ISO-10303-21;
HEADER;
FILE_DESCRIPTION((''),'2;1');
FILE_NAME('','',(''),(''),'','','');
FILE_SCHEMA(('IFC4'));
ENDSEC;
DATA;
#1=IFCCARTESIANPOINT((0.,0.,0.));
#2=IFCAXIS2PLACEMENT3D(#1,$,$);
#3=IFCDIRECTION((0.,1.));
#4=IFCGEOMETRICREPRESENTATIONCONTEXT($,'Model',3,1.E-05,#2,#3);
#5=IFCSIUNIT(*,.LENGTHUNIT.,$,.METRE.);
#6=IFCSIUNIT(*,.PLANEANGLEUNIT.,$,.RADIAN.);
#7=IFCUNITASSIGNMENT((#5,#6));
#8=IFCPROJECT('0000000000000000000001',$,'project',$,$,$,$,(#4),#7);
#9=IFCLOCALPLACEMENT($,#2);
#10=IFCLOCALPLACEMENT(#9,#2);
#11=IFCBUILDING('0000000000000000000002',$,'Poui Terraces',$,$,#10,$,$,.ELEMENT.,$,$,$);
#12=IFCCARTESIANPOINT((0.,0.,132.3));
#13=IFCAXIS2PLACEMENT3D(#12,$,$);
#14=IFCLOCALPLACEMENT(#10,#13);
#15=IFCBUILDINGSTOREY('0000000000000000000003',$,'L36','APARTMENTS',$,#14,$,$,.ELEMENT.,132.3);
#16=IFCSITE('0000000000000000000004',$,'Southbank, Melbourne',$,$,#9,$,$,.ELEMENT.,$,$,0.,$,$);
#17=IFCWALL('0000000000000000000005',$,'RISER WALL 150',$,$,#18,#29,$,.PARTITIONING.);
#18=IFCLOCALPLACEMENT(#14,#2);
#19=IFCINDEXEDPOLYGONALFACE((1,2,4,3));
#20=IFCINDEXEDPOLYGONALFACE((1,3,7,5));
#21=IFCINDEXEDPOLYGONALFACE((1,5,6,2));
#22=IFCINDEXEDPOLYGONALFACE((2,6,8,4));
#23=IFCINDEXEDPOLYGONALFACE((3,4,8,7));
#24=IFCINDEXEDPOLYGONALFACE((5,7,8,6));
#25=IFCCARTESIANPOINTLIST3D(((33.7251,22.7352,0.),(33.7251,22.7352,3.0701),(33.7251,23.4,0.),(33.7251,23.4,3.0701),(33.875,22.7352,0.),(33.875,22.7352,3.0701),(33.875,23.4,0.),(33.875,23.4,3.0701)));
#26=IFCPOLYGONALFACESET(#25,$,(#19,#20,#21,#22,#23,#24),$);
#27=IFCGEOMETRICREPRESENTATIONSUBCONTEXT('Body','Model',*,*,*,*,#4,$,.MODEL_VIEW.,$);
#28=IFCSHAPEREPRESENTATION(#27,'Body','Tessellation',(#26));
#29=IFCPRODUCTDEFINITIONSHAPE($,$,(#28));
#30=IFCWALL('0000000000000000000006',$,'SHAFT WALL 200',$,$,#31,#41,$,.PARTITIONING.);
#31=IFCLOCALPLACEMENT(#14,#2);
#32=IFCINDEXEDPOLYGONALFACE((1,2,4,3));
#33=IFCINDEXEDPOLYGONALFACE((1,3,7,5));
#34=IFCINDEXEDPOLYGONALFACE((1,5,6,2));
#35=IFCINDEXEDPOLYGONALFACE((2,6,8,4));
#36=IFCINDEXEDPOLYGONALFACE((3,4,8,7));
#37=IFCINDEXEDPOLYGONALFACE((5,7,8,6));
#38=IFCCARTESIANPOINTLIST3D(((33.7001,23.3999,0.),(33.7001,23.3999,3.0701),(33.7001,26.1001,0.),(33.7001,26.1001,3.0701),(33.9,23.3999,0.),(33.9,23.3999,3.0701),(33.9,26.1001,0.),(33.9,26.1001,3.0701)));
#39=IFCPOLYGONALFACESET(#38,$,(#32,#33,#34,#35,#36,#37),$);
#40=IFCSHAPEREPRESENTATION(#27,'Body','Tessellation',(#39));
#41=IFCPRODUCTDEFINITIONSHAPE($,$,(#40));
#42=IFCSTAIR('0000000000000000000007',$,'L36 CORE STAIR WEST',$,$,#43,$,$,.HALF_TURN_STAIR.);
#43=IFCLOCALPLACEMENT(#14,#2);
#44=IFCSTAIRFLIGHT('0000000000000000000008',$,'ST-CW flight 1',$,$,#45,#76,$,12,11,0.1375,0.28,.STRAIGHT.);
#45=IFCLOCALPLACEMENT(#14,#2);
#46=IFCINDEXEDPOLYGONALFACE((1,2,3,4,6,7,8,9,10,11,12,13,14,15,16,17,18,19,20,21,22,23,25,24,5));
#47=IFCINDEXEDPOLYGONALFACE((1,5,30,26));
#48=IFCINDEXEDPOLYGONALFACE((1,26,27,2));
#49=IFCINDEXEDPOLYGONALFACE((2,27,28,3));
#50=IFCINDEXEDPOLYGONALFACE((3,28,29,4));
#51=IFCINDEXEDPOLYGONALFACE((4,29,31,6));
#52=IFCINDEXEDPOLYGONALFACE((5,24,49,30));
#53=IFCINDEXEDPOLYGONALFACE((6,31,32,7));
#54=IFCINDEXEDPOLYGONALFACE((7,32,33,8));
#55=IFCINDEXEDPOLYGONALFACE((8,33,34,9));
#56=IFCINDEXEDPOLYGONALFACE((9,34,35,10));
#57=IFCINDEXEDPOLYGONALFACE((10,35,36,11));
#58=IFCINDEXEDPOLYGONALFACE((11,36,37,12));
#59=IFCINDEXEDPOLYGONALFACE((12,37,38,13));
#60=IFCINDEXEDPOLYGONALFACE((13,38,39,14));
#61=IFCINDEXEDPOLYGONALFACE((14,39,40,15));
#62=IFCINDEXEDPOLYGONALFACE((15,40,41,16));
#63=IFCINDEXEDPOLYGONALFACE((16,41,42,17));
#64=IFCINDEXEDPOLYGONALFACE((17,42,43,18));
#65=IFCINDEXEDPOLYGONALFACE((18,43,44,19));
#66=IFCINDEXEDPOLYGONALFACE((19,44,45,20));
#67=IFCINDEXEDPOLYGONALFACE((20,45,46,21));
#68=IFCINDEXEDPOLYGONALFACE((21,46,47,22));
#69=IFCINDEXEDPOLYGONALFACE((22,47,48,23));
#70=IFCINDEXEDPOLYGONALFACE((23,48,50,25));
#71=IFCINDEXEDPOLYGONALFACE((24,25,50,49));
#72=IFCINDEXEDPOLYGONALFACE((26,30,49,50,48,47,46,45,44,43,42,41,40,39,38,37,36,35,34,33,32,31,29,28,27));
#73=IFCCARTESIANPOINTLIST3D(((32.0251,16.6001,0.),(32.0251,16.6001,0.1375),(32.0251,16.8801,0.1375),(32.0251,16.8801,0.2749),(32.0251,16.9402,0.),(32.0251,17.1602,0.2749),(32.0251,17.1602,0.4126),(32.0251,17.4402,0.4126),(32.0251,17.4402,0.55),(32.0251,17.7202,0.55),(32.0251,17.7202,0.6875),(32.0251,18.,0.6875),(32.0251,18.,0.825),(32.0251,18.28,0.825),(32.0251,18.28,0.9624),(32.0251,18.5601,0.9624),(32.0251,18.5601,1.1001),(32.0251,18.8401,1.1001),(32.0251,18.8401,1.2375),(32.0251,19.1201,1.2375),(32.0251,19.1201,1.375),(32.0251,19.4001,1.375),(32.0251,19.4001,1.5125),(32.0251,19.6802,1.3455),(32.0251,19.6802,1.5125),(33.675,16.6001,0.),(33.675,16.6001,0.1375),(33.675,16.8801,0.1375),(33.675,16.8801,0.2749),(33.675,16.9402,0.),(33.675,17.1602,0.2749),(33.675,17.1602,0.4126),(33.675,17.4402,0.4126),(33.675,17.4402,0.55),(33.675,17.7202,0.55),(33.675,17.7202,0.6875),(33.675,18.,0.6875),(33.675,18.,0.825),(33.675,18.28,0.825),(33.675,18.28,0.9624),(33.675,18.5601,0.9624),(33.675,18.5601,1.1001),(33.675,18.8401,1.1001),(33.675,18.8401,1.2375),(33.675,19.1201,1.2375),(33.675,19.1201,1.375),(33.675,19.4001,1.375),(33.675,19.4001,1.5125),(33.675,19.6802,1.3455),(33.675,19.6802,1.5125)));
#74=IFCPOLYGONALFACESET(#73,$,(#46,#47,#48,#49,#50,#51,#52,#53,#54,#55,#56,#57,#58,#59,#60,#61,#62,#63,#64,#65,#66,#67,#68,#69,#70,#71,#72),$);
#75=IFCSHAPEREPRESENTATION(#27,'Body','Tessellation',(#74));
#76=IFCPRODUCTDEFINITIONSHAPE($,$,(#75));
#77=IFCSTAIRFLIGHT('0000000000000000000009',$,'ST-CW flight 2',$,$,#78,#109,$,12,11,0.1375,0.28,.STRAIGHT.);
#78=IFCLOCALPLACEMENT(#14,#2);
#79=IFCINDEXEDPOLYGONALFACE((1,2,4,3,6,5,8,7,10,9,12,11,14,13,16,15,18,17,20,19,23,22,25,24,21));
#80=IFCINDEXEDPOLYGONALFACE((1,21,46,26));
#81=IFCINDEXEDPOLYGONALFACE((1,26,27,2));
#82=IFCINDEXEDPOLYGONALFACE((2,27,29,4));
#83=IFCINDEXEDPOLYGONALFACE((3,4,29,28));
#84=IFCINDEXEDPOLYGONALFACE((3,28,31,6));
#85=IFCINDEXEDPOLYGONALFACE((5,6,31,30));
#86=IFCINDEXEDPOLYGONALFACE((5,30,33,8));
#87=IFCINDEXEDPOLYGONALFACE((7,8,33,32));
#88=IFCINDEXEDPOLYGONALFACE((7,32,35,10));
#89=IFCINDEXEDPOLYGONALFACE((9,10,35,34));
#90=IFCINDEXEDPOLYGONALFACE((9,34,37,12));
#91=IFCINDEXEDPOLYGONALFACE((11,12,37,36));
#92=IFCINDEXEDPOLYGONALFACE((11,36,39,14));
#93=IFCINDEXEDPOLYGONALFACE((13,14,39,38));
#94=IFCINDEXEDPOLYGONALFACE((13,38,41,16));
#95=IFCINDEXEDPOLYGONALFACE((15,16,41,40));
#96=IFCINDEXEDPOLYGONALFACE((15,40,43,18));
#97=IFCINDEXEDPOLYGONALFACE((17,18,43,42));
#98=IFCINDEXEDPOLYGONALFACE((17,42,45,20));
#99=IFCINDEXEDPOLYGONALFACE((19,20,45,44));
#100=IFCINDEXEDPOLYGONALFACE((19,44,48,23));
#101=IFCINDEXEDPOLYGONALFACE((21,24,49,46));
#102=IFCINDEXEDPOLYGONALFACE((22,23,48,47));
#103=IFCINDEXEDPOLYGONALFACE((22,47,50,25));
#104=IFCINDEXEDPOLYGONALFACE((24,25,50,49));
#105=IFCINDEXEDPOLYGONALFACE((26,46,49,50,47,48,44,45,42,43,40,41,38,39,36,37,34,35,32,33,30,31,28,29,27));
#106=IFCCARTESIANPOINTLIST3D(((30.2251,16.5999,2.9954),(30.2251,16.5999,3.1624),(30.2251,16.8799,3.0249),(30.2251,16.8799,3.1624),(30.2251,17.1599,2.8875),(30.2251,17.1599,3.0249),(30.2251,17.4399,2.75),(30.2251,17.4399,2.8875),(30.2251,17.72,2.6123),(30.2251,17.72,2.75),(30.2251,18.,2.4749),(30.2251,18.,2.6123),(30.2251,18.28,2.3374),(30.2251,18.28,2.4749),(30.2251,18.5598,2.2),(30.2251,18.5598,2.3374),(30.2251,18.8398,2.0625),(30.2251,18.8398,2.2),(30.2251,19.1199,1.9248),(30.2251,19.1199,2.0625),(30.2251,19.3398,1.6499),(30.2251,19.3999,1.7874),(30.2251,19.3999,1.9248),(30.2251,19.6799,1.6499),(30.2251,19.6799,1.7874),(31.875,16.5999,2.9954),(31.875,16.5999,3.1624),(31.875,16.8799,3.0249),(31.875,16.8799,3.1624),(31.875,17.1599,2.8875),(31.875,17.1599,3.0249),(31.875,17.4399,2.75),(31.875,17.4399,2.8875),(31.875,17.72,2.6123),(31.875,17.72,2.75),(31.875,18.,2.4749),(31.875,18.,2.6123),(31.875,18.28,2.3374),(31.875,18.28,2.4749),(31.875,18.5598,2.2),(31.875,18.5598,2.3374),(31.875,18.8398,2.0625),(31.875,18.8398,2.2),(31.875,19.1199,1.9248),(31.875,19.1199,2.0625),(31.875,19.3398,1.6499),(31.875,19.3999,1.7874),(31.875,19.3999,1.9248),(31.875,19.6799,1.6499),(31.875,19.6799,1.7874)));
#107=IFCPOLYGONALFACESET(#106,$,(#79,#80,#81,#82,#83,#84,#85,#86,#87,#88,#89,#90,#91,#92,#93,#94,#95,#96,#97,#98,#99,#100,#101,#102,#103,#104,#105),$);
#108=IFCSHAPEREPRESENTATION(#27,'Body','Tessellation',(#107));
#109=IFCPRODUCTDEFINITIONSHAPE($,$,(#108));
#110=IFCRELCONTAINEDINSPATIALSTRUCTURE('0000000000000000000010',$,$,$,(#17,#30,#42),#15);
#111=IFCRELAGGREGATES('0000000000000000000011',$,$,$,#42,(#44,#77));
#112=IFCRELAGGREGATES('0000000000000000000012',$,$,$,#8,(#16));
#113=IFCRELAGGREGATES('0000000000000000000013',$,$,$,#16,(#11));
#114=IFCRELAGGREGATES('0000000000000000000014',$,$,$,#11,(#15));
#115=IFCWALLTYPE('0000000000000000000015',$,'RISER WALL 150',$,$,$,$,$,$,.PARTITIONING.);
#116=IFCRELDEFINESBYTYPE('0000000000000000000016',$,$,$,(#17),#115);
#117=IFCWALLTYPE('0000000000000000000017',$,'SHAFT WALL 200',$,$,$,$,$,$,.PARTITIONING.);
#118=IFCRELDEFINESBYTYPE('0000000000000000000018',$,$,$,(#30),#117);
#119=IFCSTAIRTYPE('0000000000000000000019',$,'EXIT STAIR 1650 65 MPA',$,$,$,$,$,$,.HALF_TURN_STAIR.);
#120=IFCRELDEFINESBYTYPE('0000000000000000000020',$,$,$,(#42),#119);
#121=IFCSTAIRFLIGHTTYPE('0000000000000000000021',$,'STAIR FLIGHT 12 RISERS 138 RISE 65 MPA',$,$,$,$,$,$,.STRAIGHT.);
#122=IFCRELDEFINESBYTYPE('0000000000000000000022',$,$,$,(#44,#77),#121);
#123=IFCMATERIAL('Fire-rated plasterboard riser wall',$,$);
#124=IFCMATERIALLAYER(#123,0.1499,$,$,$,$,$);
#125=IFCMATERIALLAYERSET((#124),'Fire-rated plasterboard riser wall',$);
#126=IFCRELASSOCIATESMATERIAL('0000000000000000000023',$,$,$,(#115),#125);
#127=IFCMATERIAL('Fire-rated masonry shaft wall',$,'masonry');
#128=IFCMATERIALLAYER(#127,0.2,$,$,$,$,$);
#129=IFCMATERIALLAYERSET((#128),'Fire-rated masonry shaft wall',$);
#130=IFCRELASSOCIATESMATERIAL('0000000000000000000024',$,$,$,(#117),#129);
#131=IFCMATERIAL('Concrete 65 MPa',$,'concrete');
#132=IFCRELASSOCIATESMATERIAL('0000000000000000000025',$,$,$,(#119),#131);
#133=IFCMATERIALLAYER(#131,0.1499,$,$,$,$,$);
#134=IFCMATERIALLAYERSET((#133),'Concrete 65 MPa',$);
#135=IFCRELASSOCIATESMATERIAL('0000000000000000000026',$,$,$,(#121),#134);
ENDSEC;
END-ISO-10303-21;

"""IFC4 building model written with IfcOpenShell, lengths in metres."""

from ifc_helpers import new_model, si_unit, direction, frame, frame_2d, origin, place, context, subcontext, project, spatial, polyline, rectangle, outline, extrude, material, layer, layer_set, type_object, element, aggregate, save


model = new_model("IFC4")

# Units and contexts
model_context = context("Model", 3, precision=1e-05, world=origin(), true_north=direction((0.0, 1.0)))
body_context = subcontext(model_context, "Body", "Model", "MODEL_VIEW")
ifc_project = project(units=[si_unit("LENGTHUNIT", "METRE"), si_unit("PLANEANGLEUNIT", "RADIAN")], contexts=[model_context])

# Site, building, storey
site_placement = place(None, origin())
site = spatial("IfcSite", under=ifc_project, at=site_placement, Name="Southbank, Melbourne", CompositionType="ELEMENT", RefElevation=0.0)
building_placement = place(site_placement, origin())
building = spatial("IfcBuilding", under=site, at=building_placement, Name="Poui Terraces", CompositionType="ELEMENT")
storey_placement = place(building_placement, frame((0.0, 0.0, 132.3)))
storey = spatial("IfcBuildingStorey", under=building, at=storey_placement, Name="L36", Description="APARTMENTS", CompositionType="ELEMENT", Elevation=132.3)

# Shared definitions
ifc_material_1 = material(Name="Concrete 65 MPa", Category="concrete")

# Walls
ifc_material_2 = material(Name="Fire-rated plasterboard riser wall")
ifc_layer_1 = layer(ifc_material_2, 0.1499)
ifc_layer_set_1 = layer_set([ifc_layer_1], Name="Fire-rated plasterboard riser wall")
wall_type_1 = type_object("IfcWallType", Name="RISER WALL 150", PredefinedType="PARTITIONING", material=ifc_layer_set_1)
wall_1_placement = place(storey_placement, frame((33.8, 22.7351, 0.0), z_axis=(0.0, 0.0, 1.0), x_axis=(0.0, 1.0, 0.0)))
element("IfcWall", 1, at=wall_1_placement, inside=storey, type_object=wall_type_1, Name="RISER WALL 150", PredefinedType="PARTITIONING", context=body_context, shape_type="SweptSolid", body=[
    extrude(rectangle(XDim=0.6648, YDim=0.1499, at=frame_2d((0.3325, 0.0))), origin(), (0.0, 0.0, 1.0), 3.0701),
])
ifc_material_3 = material(Name="Fire-rated masonry shaft wall", Category="masonry")
ifc_layer_2 = layer(ifc_material_3, 0.2)
ifc_layer_set_2 = layer_set([ifc_layer_2], Name="Fire-rated masonry shaft wall")
wall_type_2 = type_object("IfcWallType", Name="SHAFT WALL 200", PredefinedType="PARTITIONING", material=ifc_layer_set_2)
wall_2_placement = place(storey_placement, frame((33.8, 23.3999, 0.0), z_axis=(0.0, 0.0, 1.0), x_axis=(0.0, 1.0, 0.0)))
element("IfcWall", 2, at=wall_2_placement, inside=storey, type_object=wall_type_2, Name="SHAFT WALL 200", PredefinedType="PARTITIONING", context=body_context, shape_type="SweptSolid", body=[
    extrude(rectangle(XDim=2.7002, YDim=0.2, at=frame_2d((1.3501, 0.0))), origin(), (0.0, 0.0, 1.0), 3.0701),
])

# Stair, stair flights
stair_type = type_object("IfcStairType", Name="EXIT STAIR 1650 65 MPA", PredefinedType="HALF_TURN_STAIR", material=ifc_material_1)
stair_placement = place(storey_placement, origin())
stair = element("IfcStair", 3, at=stair_placement, inside=storey, type_object=stair_type, Name="L36 CORE STAIR WEST", PredefinedType="HALF_TURN_STAIR")
ifc_layer_3 = layer(ifc_material_1, 0.1499)
ifc_layer_set_3 = layer_set([ifc_layer_3], Name="Concrete 65 MPa")
stair_flight_type = type_object("IfcStairFlightType", Name="STAIR FLIGHT 12 RISERS 138 RISE 65 MPA", PredefinedType="STRAIGHT", material=ifc_layer_set_3)
stair_flight_1_placement = place(storey_placement, frame((32.8501, 16.6001, 0.0), z_axis=(0.0, 0.0, 1.0), x_axis=(0.0, 1.0, 0.0)))
stair_flight_1 = element("IfcStairFlight", 4, at=stair_flight_1_placement, type_object=stair_flight_type, Name="ST-CW flight 1", NumberOfRisers=12, NumberOfTreads=11, PredefinedType="STRAIGHT", RiserHeight=0.1375, TreadLength=0.28, context=body_context, shape_type="SweptSolid", body=[
    extrude(outline(polyline([(0.0, 0.0), (0.0, 0.1375), (0.28, 0.1375), (0.28, 0.2749), (0.5601, 0.2749), (0.5601, 0.4126), (0.8401, 0.4126), (0.8401, 0.55), (1.1201, 0.55), (1.1201, 0.6875), (1.3999, 0.6875), (1.3999, 0.825), (1.6799, 0.825), (1.6799, 0.9624), (1.96, 0.9624), (1.96, 1.1001), (2.24, 1.1001), (2.24, 1.2375), (2.52, 1.2375), (2.52, 1.375), (2.8, 1.375), (2.8, 1.5125), (3.0801, 1.5125), (3.0801, 1.6499), (3.0801, 1.3455), (0.3401, 0.0), (0.0, 0.0)])), frame((0.0, 0.825, 0.0), z_axis=(0.0, -1.0, 0.0), x_axis=(1.0, 0.0, 0.0)), (0.0, 0.0, 1.0), 1.6499),
])
stair_flight_2_placement = place(storey_placement, frame((31.05, 19.6799, 1.6499), z_axis=(0.0, 0.0, 1.0), x_axis=(0.0, -1.0, 0.0)))
stair_flight_2 = element("IfcStairFlight", 5, at=stair_flight_2_placement, type_object=stair_flight_type, Name="ST-CW flight 2", NumberOfRisers=12, NumberOfTreads=11, PredefinedType="STRAIGHT", RiserHeight=0.1375, TreadLength=0.28, context=body_context, shape_type="SweptSolid", body=[
    extrude(outline(polyline([(0.0, 0.0), (0.0, 0.1375), (0.28, 0.1375), (0.28, 0.2749), (0.5601, 0.2749), (0.5601, 0.4126), (0.8401, 0.4126), (0.8401, 0.55), (1.1201, 0.55), (1.1201, 0.6875), (1.3999, 0.6875), (1.3999, 0.825), (1.6799, 0.825), (1.6799, 0.9624), (1.96, 0.9624), (1.96, 1.1001), (2.24, 1.1001), (2.24, 1.2375), (2.52, 1.2375), (2.52, 1.375), (2.8, 1.375), (2.8, 1.5125), (3.0801, 1.5125), (3.0801, 1.6499), (3.0801, 1.3455), (0.3401, 0.0), (0.0, 0.0)])), frame((0.0, 0.825, 0.0), z_axis=(0.0, -1.0, 0.0), x_axis=(1.0, 0.0, 0.0)), (0.0, 0.0, 1.0), 1.6499),
])
aggregate(stair, [stair_flight_1, stair_flight_2])

save(model, "model.ifc")
